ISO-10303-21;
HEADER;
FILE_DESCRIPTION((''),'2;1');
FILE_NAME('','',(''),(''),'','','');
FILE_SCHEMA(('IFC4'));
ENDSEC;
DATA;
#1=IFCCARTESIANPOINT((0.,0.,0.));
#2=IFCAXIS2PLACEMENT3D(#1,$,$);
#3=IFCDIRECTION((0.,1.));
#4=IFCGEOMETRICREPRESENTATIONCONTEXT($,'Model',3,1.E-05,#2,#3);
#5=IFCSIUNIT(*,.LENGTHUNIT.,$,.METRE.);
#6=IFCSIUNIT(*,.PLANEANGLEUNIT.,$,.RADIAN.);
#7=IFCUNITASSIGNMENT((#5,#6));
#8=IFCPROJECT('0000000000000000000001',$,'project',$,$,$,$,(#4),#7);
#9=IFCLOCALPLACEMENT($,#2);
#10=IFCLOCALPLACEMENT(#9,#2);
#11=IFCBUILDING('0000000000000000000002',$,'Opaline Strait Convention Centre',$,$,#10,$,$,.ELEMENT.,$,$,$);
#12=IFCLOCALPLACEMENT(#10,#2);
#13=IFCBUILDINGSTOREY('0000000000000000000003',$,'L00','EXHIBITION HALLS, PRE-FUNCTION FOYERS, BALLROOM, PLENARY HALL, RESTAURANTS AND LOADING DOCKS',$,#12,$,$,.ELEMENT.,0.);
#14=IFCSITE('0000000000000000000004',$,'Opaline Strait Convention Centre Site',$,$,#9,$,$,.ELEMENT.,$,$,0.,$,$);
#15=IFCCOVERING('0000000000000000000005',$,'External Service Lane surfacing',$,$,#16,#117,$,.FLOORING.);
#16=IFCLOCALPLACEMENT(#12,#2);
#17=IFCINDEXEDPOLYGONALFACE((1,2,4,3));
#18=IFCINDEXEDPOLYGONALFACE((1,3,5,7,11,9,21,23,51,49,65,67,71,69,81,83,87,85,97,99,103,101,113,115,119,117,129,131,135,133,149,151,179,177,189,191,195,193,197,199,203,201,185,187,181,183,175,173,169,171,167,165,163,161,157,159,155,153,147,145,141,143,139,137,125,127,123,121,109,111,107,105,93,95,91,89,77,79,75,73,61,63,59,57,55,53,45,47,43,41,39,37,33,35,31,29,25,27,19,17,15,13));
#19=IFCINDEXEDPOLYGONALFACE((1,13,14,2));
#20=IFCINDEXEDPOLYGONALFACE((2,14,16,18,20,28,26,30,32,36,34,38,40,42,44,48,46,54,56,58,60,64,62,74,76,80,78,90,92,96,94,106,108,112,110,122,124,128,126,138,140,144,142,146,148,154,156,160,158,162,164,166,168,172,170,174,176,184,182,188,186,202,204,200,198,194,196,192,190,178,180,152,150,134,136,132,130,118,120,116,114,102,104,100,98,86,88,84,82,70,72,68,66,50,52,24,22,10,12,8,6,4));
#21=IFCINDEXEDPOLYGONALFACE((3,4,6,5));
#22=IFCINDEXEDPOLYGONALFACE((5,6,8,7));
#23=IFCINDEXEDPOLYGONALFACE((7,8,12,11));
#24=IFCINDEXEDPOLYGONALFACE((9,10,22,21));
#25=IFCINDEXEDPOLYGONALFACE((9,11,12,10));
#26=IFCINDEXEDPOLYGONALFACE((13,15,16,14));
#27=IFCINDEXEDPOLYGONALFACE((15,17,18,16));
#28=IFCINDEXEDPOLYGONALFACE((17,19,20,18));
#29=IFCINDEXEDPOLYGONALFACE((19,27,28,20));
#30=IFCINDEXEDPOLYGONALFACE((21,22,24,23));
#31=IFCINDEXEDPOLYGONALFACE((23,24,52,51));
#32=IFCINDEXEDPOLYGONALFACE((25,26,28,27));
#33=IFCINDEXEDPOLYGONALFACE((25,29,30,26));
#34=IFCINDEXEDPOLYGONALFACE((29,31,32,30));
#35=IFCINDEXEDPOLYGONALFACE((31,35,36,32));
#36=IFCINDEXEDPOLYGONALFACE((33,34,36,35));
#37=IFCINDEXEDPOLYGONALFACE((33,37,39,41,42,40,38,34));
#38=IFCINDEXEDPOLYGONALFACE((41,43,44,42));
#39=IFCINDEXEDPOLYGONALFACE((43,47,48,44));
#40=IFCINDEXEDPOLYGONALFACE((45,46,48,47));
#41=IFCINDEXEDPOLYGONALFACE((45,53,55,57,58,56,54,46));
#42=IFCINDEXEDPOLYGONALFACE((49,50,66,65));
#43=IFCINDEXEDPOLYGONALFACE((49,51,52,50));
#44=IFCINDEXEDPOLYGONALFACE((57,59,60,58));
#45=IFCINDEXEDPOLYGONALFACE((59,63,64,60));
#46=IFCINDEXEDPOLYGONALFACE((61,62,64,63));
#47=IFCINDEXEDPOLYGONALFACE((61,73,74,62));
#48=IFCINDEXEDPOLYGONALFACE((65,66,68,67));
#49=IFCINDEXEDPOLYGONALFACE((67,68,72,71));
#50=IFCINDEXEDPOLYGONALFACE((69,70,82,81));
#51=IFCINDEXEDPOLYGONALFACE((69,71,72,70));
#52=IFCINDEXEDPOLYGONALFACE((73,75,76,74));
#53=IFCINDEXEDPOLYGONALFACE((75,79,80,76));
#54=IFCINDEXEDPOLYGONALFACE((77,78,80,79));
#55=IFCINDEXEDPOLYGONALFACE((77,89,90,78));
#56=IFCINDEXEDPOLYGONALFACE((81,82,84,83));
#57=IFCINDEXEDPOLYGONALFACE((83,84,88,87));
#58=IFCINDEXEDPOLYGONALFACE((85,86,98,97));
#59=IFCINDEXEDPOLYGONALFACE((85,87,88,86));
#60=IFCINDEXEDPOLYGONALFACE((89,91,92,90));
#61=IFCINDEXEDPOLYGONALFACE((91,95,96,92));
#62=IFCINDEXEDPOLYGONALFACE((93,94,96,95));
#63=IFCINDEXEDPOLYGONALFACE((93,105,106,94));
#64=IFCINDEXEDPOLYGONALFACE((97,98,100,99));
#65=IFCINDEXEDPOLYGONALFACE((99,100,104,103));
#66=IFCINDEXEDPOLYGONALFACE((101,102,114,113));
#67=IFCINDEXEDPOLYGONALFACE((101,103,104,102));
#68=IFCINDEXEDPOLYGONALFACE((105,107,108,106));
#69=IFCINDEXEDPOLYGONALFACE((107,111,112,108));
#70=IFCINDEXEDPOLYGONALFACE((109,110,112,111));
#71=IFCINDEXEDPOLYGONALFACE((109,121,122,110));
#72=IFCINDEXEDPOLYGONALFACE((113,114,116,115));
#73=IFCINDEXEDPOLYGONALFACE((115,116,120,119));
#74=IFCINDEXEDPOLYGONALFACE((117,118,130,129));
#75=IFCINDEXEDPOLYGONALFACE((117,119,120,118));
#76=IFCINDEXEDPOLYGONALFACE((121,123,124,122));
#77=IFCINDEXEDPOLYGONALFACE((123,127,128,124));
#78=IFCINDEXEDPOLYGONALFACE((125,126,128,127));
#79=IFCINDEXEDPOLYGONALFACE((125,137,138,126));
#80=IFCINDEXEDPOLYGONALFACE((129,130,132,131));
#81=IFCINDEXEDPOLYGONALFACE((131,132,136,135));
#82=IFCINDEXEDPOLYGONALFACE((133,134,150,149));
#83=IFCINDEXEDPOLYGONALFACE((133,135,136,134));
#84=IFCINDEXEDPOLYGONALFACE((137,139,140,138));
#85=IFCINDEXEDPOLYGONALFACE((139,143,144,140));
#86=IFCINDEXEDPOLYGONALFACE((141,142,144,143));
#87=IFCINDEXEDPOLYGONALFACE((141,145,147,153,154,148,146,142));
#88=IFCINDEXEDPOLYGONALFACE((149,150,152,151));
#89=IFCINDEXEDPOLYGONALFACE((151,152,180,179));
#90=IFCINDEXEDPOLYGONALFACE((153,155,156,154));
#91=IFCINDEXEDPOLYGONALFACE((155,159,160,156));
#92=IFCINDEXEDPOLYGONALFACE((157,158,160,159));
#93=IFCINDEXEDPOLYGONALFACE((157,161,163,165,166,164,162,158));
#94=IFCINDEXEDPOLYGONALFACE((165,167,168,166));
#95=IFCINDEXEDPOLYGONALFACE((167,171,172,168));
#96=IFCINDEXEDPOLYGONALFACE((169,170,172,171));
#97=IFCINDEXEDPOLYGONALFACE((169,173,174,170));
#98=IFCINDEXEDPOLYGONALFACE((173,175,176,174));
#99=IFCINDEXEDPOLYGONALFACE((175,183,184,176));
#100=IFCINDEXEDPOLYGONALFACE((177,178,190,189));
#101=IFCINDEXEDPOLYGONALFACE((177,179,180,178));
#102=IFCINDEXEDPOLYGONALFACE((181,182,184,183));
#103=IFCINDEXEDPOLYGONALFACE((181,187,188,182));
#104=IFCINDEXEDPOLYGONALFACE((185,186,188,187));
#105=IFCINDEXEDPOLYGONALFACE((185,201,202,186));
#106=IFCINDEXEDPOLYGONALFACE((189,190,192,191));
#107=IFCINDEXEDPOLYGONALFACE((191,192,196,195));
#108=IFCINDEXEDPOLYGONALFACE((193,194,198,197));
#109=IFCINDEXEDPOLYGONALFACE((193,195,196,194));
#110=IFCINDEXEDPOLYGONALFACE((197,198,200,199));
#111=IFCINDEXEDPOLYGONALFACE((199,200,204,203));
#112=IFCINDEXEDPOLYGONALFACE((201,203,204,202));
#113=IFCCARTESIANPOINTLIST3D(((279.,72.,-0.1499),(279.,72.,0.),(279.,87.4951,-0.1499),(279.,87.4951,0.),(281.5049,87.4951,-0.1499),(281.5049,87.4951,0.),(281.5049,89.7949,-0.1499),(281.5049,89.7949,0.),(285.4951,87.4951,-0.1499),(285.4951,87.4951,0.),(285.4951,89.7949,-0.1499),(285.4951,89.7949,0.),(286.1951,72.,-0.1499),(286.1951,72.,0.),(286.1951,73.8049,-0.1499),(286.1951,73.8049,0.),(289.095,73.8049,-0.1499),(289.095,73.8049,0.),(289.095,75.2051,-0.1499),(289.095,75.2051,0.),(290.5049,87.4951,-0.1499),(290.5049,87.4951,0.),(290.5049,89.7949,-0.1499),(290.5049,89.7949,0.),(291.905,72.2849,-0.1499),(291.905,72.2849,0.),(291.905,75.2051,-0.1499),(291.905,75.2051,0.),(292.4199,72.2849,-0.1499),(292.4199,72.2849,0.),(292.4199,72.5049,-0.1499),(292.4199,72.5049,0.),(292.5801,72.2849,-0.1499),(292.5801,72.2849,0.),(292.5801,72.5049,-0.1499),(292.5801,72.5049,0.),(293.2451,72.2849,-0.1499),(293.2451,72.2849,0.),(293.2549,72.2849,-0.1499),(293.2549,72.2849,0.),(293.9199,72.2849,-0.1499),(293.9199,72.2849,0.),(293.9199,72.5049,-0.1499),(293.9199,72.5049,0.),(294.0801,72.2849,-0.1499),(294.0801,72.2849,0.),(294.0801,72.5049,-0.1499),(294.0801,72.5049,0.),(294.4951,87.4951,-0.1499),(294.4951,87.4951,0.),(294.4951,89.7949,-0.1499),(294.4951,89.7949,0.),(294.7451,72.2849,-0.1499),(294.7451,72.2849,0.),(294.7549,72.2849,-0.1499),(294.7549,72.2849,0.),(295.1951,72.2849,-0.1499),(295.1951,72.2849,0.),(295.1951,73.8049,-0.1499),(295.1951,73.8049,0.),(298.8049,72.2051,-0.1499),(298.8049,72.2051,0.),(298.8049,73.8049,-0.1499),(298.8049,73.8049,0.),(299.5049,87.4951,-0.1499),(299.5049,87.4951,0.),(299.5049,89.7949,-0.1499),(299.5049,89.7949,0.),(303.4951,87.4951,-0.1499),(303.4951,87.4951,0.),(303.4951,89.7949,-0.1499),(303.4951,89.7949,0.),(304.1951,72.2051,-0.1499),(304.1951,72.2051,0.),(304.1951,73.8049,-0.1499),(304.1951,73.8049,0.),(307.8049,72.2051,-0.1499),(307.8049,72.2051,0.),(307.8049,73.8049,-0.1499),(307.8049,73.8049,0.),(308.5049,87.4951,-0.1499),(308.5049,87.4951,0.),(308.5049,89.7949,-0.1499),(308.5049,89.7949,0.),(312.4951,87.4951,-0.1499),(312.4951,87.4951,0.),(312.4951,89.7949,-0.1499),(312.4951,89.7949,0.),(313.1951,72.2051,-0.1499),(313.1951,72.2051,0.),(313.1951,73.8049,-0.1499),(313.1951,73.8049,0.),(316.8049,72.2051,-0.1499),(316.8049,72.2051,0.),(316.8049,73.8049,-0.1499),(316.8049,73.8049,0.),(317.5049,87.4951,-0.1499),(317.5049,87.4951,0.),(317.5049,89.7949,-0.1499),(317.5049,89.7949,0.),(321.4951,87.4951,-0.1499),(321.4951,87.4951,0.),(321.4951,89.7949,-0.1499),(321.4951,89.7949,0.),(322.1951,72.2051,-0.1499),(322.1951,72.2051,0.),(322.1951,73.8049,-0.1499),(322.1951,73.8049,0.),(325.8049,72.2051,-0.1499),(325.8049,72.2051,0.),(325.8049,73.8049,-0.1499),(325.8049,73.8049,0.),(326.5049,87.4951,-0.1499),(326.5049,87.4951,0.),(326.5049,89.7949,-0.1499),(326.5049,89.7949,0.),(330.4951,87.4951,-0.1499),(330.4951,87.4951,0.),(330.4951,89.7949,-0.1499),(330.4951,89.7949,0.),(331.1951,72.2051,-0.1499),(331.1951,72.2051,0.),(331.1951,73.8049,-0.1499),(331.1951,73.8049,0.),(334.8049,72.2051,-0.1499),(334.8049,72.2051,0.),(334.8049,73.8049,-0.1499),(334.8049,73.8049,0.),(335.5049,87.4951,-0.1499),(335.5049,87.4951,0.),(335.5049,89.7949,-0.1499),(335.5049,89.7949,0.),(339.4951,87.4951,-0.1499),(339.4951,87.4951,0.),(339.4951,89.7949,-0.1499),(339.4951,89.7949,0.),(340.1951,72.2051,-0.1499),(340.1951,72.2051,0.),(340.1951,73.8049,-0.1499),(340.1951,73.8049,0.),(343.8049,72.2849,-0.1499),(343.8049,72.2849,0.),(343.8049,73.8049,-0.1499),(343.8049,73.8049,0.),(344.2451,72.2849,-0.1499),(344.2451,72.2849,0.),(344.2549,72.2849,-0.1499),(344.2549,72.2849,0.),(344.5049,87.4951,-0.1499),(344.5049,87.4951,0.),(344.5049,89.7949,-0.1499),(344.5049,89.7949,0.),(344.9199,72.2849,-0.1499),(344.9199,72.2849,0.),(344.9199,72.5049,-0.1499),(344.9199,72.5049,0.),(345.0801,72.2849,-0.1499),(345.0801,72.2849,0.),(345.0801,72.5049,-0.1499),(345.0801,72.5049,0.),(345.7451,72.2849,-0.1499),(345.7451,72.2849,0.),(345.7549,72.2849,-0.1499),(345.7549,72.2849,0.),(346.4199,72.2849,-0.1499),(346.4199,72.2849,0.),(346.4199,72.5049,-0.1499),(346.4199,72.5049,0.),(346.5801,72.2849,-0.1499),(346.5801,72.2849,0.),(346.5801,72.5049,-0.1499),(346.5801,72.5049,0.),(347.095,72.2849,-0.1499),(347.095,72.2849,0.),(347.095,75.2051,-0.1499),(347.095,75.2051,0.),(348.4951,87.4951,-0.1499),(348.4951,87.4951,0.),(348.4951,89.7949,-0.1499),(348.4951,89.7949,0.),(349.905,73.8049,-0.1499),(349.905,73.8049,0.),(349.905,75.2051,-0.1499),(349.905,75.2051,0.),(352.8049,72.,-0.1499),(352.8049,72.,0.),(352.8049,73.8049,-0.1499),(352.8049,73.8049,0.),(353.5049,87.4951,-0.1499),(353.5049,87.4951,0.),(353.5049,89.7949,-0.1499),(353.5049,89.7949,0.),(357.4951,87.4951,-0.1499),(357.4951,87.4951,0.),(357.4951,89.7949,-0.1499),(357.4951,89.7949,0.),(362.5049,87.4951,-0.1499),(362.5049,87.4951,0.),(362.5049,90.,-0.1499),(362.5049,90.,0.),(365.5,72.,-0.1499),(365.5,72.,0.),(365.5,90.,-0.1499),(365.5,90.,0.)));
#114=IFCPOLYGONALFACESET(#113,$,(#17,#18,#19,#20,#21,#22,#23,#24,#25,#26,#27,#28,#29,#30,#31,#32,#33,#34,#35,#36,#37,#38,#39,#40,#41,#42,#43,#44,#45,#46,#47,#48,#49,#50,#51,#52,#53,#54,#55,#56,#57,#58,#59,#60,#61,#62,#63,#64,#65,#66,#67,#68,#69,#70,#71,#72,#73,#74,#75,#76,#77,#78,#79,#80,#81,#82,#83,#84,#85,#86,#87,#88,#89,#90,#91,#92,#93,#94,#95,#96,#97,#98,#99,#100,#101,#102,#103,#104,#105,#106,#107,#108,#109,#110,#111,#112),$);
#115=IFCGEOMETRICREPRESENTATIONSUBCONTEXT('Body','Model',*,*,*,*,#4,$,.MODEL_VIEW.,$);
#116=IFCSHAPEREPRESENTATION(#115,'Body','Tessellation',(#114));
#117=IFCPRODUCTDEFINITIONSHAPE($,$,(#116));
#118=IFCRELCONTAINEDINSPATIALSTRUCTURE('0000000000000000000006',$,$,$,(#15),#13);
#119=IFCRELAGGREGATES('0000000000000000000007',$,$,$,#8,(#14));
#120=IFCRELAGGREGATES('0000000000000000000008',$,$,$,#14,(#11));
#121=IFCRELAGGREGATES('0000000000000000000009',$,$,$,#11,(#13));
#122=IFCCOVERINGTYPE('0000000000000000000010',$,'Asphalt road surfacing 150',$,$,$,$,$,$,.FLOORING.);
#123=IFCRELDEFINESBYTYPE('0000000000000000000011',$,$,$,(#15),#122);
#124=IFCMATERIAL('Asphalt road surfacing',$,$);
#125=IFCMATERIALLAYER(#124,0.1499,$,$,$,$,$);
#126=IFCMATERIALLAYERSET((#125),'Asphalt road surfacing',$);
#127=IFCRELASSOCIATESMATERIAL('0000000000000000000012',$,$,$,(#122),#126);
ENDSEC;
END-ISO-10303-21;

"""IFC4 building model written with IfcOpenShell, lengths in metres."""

from ifc_helpers import new_model, si_unit, direction, frame, origin, place, context, subcontext, project, spatial, polyline, outline, extrude, material, layer, layer_set, type_object, element, save


model = new_model("IFC4")

# Units and contexts
model_context = context("Model", 3, precision=1e-05, world=origin(), true_north=direction((0.0, 1.0)))
body_context = subcontext(model_context, "Body", "Model", "MODEL_VIEW")
ifc_project = project(units=[si_unit("LENGTHUNIT", "METRE"), si_unit("PLANEANGLEUNIT", "RADIAN")], contexts=[model_context])

# Site, building, storey
site_placement = place(None, origin())
site = spatial("IfcSite", under=ifc_project, at=site_placement, Name="Opaline Strait Convention Centre Site", CompositionType="ELEMENT", RefElevation=0.0)
building_placement = place(site_placement, origin())
building = spatial("IfcBuilding", under=site, at=building_placement, Name="Opaline Strait Convention Centre", CompositionType="ELEMENT")
storey_placement = place(building_placement, origin())
storey = spatial("IfcBuildingStorey", under=building, at=storey_placement, Name="L00", Description="EXHIBITION HALLS, PRE-FUNCTION FOYERS, BALLROOM, PLENARY HALL, RESTAURANTS AND LOADING DOCKS", CompositionType="ELEMENT", Elevation=0.0)

# Covering
ifc_material_1 = material(Name="Asphalt road surfacing")
ifc_layer_1 = layer(ifc_material_1, 0.1499)
ifc_layer_set_1 = layer_set([ifc_layer_1], Name="Asphalt road surfacing")
covering_type_1 = type_object("IfcCoveringType", Name="Asphalt road surfacing 150", PredefinedType="FLOORING", material=ifc_layer_set_1)
covering_1_placement = place(storey_placement, frame((0.0, 0.0, -0.1499)))
element("IfcCovering", 1, at=covering_1_placement, inside=storey, type_object=covering_type_1, Name="External Service Lane surfacing", PredefinedType="FLOORING", context=body_context, shape_type="SweptSolid", body=[
    extrude(outline(polyline([(365.5, 72.0), (365.5, 90.0), (362.5049, 90.0), (362.5049, 87.4951), (357.4951, 87.4951), (357.4951, 89.7949), (353.5049, 89.7949), (353.5049, 87.4951), (348.4951, 87.4951), (348.4951, 89.7949), (344.5049, 89.7949), (344.5049, 87.4951), (339.4951, 87.4951), (339.4951, 89.7949), (335.5049, 89.7949), (335.5049, 87.4951), (330.4951, 87.4951), (330.4951, 89.7949), (326.5049, 89.7949), (326.5049, 87.4951), (321.4951, 87.4951), (321.4951, 89.7949), (317.5049, 89.7949), (317.5049, 87.4951), (312.4951, 87.4951), (312.4951, 89.7949), (308.5049, 89.7949), (308.5049, 87.4951), (303.4951, 87.4951), (303.4951, 89.7949), (299.5049, 89.7949), (299.5049, 87.4951), (294.4951, 87.4951), (294.4951, 89.7949), (290.5049, 89.7949), (290.5049, 87.4951), (285.4951, 87.4951), (285.4951, 89.7949), (281.5049, 89.7949), (281.5049, 87.4951), (279.0, 87.4951), (279.0, 72.0), (286.1951, 72.0), (286.1951, 73.8049), (289.095, 73.8049), (289.095, 75.2051), (291.905, 75.2051), (291.905, 72.2849), (292.4199, 72.2849), (292.4199, 72.5049), (292.5801, 72.5049), (292.5801, 72.2849), (293.2451, 72.2849), (293.2549, 72.2849), (293.9199, 72.2849), (293.9199, 72.5049), (294.0801, 72.5049), (294.0801, 72.2849), (294.7451, 72.2849), (294.7549, 72.2849), (295.1951, 72.2849), (295.1951, 73.8049), (298.8049, 73.8049), (298.8049, 72.2051), (304.1951, 72.2051), (304.1951, 73.8049), (307.8049, 73.8049), (307.8049, 72.2051), (313.1951, 72.2051), (313.1951, 73.8049), (316.8049, 73.8049), (316.8049, 72.2051), (322.1951, 72.2051), (322.1951, 73.8049), (325.8049, 73.8049), (325.8049, 72.2051), (331.1951, 72.2051), (331.1951, 73.8049), (334.8049, 73.8049), (334.8049, 72.2051), (340.1951, 72.2051), (340.1951, 73.8049), (343.8049, 73.8049), (343.8049, 72.2849), (344.2451, 72.2849), (344.2549, 72.2849), (344.9199, 72.2849), (344.9199, 72.5049), (345.0801, 72.5049), (345.0801, 72.2849), (345.7451, 72.2849), (345.7549, 72.2849), (346.4199, 72.2849), (346.4199, 72.5049), (346.5801, 72.5049), (346.5801, 72.2849), (347.095, 72.2849), (347.095, 75.2051), (349.905, 75.2051), (349.905, 73.8049), (352.8049, 73.8049), (352.8049, 72.0), (365.5, 72.0)])), origin(), (0.0, 0.0, 1.0), 0.1499),
])

save(model, "model.ifc")
